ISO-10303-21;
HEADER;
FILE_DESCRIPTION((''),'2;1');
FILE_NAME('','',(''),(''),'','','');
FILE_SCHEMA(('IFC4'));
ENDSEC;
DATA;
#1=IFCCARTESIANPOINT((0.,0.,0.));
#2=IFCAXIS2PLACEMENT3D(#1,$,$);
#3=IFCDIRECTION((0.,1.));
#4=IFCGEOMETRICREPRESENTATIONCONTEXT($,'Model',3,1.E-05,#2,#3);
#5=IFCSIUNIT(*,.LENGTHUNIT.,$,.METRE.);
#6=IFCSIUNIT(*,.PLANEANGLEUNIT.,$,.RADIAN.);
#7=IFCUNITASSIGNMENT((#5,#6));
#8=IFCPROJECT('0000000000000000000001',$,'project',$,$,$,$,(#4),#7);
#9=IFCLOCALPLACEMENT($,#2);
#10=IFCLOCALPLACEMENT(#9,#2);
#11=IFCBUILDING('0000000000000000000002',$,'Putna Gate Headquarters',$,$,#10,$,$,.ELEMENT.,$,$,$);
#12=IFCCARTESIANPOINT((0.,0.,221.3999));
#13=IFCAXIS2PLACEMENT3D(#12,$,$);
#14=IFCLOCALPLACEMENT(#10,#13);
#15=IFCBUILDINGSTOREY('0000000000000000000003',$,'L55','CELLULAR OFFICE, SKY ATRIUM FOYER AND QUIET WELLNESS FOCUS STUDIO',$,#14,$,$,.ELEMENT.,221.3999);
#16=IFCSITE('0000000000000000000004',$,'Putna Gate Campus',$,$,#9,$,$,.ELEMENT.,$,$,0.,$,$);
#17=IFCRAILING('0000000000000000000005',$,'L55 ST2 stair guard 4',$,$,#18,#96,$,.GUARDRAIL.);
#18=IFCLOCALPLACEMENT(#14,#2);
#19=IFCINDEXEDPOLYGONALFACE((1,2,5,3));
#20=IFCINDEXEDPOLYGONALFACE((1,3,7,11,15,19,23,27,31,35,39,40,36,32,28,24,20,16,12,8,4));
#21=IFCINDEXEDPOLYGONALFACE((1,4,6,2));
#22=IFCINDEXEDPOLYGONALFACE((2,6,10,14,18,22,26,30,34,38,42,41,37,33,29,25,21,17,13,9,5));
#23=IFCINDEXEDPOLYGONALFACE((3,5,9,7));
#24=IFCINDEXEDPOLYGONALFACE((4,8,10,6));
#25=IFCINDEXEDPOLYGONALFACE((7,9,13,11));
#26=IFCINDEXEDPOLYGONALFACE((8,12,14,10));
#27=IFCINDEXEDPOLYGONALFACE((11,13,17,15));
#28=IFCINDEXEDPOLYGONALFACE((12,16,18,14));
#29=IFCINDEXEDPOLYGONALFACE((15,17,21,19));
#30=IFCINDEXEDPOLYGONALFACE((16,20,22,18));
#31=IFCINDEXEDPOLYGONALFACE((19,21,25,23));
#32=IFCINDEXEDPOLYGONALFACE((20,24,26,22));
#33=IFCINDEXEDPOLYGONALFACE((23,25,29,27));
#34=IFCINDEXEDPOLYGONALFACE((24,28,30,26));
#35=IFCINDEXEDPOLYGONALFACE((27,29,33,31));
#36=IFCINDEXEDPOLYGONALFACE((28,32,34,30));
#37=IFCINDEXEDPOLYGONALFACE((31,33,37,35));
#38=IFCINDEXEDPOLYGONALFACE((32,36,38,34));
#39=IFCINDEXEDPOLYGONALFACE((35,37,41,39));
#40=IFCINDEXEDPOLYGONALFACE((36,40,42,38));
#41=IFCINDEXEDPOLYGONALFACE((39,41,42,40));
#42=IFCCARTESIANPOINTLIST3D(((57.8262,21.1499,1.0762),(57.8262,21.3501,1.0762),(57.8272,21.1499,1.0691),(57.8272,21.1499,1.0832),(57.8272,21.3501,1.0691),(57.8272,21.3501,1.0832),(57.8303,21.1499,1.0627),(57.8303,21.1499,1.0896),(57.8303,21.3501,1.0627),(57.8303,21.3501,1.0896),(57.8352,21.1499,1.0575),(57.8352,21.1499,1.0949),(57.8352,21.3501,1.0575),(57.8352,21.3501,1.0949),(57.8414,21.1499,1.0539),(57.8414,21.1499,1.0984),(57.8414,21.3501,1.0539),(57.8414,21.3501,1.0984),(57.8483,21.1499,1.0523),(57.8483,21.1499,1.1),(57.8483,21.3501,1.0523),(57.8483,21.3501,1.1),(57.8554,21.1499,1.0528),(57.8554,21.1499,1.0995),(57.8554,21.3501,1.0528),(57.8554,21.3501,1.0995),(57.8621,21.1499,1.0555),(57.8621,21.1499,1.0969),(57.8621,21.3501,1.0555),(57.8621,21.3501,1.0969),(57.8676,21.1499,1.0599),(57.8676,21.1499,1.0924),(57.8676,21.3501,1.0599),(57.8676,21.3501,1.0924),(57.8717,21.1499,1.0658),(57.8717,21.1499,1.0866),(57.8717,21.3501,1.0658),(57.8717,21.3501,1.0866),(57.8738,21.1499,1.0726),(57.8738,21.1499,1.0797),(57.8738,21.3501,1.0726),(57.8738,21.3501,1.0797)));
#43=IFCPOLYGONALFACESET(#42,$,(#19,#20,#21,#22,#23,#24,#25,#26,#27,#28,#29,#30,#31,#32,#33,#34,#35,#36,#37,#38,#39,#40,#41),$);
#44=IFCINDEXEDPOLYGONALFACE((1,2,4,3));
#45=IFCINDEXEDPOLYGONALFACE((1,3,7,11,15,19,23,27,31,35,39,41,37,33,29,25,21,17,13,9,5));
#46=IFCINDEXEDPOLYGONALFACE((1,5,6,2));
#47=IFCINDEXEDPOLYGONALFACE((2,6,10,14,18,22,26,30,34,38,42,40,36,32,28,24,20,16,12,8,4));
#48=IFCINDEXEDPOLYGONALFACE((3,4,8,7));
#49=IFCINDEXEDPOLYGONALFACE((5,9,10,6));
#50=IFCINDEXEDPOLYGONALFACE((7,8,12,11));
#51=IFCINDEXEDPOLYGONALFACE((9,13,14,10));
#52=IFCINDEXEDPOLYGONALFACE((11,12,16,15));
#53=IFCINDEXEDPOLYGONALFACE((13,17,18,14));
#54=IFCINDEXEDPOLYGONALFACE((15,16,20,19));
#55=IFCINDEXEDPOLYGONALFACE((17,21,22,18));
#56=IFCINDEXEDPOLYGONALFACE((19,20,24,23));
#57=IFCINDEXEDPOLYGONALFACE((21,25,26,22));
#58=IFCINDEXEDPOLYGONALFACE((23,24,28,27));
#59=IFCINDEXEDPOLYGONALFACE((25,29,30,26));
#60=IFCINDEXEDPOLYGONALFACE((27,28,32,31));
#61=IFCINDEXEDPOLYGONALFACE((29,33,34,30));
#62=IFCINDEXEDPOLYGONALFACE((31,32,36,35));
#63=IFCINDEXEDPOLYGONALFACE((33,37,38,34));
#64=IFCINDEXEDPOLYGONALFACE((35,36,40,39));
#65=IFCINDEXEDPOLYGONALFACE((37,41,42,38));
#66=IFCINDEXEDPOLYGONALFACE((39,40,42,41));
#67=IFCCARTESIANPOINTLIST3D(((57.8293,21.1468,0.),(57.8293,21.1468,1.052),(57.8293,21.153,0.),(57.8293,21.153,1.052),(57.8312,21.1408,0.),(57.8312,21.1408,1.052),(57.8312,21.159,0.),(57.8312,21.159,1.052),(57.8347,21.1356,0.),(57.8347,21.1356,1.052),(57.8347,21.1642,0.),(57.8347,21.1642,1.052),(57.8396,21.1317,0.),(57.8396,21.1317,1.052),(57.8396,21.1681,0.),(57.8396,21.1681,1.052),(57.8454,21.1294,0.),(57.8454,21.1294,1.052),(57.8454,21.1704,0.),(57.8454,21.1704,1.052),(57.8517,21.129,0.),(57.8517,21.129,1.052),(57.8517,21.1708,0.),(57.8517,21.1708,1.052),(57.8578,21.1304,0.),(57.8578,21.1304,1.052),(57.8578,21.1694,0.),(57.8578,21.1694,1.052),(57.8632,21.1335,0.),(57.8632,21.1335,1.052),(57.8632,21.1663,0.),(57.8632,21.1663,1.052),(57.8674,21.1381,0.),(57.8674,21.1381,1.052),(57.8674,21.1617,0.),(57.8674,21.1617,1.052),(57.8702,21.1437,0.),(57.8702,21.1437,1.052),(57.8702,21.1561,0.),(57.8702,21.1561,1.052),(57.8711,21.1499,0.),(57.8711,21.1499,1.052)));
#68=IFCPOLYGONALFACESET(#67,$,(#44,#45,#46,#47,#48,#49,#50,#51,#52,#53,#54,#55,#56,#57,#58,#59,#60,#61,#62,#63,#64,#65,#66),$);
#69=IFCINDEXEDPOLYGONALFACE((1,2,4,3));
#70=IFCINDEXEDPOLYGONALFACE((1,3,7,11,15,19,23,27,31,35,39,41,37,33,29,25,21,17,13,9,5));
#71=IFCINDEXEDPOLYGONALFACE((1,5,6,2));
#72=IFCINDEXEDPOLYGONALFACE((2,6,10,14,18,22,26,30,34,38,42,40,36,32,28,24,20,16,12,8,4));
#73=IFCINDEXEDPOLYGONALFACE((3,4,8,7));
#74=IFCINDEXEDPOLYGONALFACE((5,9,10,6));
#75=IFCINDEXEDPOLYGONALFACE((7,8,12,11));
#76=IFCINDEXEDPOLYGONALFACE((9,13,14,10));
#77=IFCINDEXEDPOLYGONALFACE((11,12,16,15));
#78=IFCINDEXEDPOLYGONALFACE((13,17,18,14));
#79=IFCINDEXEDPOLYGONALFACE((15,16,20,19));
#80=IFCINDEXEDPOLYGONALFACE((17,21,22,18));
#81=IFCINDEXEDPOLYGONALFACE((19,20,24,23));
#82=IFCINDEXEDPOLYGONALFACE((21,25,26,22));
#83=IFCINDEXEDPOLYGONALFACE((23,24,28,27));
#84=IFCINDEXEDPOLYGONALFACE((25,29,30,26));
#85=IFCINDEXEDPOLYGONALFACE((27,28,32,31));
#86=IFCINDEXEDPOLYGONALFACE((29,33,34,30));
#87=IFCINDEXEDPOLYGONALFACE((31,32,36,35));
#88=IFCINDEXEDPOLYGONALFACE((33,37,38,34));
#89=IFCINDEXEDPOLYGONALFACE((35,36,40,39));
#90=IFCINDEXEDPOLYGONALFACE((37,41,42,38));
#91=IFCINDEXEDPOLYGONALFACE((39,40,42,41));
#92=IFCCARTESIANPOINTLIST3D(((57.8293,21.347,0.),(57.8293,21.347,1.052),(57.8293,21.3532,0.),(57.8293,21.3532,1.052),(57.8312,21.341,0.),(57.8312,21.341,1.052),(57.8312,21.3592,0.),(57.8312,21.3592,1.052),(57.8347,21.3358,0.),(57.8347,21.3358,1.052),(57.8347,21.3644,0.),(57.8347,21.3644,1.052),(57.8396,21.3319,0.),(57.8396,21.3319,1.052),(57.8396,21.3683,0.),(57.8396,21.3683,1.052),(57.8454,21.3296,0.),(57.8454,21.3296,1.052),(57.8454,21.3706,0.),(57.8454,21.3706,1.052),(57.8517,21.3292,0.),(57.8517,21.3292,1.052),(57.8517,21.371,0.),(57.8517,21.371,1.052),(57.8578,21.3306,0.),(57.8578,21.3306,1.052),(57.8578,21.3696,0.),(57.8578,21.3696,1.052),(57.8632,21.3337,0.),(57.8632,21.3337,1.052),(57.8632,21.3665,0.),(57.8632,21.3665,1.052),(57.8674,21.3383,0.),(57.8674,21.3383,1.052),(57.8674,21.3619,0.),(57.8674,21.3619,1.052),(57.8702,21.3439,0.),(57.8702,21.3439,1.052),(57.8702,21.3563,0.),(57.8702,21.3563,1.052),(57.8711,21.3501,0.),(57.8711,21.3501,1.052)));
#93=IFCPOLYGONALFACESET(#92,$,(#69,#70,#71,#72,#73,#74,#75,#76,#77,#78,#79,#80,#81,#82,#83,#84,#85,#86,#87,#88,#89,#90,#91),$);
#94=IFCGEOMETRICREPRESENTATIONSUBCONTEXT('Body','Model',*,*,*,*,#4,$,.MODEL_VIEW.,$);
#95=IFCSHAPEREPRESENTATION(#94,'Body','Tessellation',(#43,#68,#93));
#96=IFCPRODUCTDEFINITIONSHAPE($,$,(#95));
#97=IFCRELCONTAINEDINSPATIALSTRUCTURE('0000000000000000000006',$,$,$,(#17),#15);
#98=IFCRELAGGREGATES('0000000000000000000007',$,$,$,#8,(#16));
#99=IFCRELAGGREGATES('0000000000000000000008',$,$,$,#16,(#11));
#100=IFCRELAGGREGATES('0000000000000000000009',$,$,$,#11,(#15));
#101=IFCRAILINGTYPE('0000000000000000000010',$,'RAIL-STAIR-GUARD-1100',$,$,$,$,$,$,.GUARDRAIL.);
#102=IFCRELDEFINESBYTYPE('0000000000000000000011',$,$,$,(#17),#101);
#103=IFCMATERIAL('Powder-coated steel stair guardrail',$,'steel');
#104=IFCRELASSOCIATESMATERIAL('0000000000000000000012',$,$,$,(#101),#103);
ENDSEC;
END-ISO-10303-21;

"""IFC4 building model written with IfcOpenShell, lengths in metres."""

from ifc_helpers import new_model, si_unit, direction, frame, origin, origin_2d, place, context, subcontext, project, spatial, circle, extrude, material, type_object, element, save


model = new_model("IFC4")

# Units and contexts
model_context = context("Model", 3, precision=1e-05, world=origin(), true_north=direction((0.0, 1.0)))
body_context = subcontext(model_context, "Body", "Model", "MODEL_VIEW")
ifc_project = project(units=[si_unit("LENGTHUNIT", "METRE"), si_unit("PLANEANGLEUNIT", "RADIAN")], contexts=[model_context])

# Site, building, storey
site_placement = place(None, origin())
site = spatial("IfcSite", under=ifc_project, at=site_placement, Name="Putna Gate Campus", CompositionType="ELEMENT", RefElevation=0.0)
building_placement = place(site_placement, origin())
building = spatial("IfcBuilding", under=site, at=building_placement, Name="Putna Gate Headquarters", CompositionType="ELEMENT")
storey_placement = place(building_placement, frame((0.0, 0.0, 221.3999)))
storey = spatial("IfcBuildingStorey", under=building, at=storey_placement, Name="L55", Description="CELLULAR OFFICE, SKY ATRIUM FOYER AND QUIET WELLNESS FOCUS STUDIO", CompositionType="ELEMENT", Elevation=221.3999)

# Railing
ifc_material_1 = material(Name="Powder-coated steel stair guardrail", Category="steel")
railing_type_1 = type_object("IfcRailingType", Name="RAIL-STAIR-GUARD-1100", PredefinedType="GUARDRAIL", material=ifc_material_1)
railing_1_placement = place(storey_placement, frame((57.8501, 21.1499, 0.0)))
element("IfcRailing", 1, at=railing_1_placement, inside=storey, type_object=railing_type_1, Name="L55 ST2 stair guard 4", PredefinedType="GUARDRAIL", context=body_context, shape_type="SweptSolid", body=[
    extrude(circle(Radius=0.0239, at=origin_2d()), frame((0.0, 0.0, 1.0762), z_axis=(0.0, 1.0, 0.0), x_axis=(-1.0, 0.0, 0.0)), (0.0, 0.0, 1.0), 0.2002),
    extrude(circle(Radius=0.021, at=origin_2d()), origin(), (0.0, 0.0, 1.0), 1.052),
    extrude(circle(Radius=0.021, at=origin_2d()), frame((0.0, 0.2002, 0.0)), (0.0, 0.0, 1.0), 1.052),
])

save(model, "model.ifc")
